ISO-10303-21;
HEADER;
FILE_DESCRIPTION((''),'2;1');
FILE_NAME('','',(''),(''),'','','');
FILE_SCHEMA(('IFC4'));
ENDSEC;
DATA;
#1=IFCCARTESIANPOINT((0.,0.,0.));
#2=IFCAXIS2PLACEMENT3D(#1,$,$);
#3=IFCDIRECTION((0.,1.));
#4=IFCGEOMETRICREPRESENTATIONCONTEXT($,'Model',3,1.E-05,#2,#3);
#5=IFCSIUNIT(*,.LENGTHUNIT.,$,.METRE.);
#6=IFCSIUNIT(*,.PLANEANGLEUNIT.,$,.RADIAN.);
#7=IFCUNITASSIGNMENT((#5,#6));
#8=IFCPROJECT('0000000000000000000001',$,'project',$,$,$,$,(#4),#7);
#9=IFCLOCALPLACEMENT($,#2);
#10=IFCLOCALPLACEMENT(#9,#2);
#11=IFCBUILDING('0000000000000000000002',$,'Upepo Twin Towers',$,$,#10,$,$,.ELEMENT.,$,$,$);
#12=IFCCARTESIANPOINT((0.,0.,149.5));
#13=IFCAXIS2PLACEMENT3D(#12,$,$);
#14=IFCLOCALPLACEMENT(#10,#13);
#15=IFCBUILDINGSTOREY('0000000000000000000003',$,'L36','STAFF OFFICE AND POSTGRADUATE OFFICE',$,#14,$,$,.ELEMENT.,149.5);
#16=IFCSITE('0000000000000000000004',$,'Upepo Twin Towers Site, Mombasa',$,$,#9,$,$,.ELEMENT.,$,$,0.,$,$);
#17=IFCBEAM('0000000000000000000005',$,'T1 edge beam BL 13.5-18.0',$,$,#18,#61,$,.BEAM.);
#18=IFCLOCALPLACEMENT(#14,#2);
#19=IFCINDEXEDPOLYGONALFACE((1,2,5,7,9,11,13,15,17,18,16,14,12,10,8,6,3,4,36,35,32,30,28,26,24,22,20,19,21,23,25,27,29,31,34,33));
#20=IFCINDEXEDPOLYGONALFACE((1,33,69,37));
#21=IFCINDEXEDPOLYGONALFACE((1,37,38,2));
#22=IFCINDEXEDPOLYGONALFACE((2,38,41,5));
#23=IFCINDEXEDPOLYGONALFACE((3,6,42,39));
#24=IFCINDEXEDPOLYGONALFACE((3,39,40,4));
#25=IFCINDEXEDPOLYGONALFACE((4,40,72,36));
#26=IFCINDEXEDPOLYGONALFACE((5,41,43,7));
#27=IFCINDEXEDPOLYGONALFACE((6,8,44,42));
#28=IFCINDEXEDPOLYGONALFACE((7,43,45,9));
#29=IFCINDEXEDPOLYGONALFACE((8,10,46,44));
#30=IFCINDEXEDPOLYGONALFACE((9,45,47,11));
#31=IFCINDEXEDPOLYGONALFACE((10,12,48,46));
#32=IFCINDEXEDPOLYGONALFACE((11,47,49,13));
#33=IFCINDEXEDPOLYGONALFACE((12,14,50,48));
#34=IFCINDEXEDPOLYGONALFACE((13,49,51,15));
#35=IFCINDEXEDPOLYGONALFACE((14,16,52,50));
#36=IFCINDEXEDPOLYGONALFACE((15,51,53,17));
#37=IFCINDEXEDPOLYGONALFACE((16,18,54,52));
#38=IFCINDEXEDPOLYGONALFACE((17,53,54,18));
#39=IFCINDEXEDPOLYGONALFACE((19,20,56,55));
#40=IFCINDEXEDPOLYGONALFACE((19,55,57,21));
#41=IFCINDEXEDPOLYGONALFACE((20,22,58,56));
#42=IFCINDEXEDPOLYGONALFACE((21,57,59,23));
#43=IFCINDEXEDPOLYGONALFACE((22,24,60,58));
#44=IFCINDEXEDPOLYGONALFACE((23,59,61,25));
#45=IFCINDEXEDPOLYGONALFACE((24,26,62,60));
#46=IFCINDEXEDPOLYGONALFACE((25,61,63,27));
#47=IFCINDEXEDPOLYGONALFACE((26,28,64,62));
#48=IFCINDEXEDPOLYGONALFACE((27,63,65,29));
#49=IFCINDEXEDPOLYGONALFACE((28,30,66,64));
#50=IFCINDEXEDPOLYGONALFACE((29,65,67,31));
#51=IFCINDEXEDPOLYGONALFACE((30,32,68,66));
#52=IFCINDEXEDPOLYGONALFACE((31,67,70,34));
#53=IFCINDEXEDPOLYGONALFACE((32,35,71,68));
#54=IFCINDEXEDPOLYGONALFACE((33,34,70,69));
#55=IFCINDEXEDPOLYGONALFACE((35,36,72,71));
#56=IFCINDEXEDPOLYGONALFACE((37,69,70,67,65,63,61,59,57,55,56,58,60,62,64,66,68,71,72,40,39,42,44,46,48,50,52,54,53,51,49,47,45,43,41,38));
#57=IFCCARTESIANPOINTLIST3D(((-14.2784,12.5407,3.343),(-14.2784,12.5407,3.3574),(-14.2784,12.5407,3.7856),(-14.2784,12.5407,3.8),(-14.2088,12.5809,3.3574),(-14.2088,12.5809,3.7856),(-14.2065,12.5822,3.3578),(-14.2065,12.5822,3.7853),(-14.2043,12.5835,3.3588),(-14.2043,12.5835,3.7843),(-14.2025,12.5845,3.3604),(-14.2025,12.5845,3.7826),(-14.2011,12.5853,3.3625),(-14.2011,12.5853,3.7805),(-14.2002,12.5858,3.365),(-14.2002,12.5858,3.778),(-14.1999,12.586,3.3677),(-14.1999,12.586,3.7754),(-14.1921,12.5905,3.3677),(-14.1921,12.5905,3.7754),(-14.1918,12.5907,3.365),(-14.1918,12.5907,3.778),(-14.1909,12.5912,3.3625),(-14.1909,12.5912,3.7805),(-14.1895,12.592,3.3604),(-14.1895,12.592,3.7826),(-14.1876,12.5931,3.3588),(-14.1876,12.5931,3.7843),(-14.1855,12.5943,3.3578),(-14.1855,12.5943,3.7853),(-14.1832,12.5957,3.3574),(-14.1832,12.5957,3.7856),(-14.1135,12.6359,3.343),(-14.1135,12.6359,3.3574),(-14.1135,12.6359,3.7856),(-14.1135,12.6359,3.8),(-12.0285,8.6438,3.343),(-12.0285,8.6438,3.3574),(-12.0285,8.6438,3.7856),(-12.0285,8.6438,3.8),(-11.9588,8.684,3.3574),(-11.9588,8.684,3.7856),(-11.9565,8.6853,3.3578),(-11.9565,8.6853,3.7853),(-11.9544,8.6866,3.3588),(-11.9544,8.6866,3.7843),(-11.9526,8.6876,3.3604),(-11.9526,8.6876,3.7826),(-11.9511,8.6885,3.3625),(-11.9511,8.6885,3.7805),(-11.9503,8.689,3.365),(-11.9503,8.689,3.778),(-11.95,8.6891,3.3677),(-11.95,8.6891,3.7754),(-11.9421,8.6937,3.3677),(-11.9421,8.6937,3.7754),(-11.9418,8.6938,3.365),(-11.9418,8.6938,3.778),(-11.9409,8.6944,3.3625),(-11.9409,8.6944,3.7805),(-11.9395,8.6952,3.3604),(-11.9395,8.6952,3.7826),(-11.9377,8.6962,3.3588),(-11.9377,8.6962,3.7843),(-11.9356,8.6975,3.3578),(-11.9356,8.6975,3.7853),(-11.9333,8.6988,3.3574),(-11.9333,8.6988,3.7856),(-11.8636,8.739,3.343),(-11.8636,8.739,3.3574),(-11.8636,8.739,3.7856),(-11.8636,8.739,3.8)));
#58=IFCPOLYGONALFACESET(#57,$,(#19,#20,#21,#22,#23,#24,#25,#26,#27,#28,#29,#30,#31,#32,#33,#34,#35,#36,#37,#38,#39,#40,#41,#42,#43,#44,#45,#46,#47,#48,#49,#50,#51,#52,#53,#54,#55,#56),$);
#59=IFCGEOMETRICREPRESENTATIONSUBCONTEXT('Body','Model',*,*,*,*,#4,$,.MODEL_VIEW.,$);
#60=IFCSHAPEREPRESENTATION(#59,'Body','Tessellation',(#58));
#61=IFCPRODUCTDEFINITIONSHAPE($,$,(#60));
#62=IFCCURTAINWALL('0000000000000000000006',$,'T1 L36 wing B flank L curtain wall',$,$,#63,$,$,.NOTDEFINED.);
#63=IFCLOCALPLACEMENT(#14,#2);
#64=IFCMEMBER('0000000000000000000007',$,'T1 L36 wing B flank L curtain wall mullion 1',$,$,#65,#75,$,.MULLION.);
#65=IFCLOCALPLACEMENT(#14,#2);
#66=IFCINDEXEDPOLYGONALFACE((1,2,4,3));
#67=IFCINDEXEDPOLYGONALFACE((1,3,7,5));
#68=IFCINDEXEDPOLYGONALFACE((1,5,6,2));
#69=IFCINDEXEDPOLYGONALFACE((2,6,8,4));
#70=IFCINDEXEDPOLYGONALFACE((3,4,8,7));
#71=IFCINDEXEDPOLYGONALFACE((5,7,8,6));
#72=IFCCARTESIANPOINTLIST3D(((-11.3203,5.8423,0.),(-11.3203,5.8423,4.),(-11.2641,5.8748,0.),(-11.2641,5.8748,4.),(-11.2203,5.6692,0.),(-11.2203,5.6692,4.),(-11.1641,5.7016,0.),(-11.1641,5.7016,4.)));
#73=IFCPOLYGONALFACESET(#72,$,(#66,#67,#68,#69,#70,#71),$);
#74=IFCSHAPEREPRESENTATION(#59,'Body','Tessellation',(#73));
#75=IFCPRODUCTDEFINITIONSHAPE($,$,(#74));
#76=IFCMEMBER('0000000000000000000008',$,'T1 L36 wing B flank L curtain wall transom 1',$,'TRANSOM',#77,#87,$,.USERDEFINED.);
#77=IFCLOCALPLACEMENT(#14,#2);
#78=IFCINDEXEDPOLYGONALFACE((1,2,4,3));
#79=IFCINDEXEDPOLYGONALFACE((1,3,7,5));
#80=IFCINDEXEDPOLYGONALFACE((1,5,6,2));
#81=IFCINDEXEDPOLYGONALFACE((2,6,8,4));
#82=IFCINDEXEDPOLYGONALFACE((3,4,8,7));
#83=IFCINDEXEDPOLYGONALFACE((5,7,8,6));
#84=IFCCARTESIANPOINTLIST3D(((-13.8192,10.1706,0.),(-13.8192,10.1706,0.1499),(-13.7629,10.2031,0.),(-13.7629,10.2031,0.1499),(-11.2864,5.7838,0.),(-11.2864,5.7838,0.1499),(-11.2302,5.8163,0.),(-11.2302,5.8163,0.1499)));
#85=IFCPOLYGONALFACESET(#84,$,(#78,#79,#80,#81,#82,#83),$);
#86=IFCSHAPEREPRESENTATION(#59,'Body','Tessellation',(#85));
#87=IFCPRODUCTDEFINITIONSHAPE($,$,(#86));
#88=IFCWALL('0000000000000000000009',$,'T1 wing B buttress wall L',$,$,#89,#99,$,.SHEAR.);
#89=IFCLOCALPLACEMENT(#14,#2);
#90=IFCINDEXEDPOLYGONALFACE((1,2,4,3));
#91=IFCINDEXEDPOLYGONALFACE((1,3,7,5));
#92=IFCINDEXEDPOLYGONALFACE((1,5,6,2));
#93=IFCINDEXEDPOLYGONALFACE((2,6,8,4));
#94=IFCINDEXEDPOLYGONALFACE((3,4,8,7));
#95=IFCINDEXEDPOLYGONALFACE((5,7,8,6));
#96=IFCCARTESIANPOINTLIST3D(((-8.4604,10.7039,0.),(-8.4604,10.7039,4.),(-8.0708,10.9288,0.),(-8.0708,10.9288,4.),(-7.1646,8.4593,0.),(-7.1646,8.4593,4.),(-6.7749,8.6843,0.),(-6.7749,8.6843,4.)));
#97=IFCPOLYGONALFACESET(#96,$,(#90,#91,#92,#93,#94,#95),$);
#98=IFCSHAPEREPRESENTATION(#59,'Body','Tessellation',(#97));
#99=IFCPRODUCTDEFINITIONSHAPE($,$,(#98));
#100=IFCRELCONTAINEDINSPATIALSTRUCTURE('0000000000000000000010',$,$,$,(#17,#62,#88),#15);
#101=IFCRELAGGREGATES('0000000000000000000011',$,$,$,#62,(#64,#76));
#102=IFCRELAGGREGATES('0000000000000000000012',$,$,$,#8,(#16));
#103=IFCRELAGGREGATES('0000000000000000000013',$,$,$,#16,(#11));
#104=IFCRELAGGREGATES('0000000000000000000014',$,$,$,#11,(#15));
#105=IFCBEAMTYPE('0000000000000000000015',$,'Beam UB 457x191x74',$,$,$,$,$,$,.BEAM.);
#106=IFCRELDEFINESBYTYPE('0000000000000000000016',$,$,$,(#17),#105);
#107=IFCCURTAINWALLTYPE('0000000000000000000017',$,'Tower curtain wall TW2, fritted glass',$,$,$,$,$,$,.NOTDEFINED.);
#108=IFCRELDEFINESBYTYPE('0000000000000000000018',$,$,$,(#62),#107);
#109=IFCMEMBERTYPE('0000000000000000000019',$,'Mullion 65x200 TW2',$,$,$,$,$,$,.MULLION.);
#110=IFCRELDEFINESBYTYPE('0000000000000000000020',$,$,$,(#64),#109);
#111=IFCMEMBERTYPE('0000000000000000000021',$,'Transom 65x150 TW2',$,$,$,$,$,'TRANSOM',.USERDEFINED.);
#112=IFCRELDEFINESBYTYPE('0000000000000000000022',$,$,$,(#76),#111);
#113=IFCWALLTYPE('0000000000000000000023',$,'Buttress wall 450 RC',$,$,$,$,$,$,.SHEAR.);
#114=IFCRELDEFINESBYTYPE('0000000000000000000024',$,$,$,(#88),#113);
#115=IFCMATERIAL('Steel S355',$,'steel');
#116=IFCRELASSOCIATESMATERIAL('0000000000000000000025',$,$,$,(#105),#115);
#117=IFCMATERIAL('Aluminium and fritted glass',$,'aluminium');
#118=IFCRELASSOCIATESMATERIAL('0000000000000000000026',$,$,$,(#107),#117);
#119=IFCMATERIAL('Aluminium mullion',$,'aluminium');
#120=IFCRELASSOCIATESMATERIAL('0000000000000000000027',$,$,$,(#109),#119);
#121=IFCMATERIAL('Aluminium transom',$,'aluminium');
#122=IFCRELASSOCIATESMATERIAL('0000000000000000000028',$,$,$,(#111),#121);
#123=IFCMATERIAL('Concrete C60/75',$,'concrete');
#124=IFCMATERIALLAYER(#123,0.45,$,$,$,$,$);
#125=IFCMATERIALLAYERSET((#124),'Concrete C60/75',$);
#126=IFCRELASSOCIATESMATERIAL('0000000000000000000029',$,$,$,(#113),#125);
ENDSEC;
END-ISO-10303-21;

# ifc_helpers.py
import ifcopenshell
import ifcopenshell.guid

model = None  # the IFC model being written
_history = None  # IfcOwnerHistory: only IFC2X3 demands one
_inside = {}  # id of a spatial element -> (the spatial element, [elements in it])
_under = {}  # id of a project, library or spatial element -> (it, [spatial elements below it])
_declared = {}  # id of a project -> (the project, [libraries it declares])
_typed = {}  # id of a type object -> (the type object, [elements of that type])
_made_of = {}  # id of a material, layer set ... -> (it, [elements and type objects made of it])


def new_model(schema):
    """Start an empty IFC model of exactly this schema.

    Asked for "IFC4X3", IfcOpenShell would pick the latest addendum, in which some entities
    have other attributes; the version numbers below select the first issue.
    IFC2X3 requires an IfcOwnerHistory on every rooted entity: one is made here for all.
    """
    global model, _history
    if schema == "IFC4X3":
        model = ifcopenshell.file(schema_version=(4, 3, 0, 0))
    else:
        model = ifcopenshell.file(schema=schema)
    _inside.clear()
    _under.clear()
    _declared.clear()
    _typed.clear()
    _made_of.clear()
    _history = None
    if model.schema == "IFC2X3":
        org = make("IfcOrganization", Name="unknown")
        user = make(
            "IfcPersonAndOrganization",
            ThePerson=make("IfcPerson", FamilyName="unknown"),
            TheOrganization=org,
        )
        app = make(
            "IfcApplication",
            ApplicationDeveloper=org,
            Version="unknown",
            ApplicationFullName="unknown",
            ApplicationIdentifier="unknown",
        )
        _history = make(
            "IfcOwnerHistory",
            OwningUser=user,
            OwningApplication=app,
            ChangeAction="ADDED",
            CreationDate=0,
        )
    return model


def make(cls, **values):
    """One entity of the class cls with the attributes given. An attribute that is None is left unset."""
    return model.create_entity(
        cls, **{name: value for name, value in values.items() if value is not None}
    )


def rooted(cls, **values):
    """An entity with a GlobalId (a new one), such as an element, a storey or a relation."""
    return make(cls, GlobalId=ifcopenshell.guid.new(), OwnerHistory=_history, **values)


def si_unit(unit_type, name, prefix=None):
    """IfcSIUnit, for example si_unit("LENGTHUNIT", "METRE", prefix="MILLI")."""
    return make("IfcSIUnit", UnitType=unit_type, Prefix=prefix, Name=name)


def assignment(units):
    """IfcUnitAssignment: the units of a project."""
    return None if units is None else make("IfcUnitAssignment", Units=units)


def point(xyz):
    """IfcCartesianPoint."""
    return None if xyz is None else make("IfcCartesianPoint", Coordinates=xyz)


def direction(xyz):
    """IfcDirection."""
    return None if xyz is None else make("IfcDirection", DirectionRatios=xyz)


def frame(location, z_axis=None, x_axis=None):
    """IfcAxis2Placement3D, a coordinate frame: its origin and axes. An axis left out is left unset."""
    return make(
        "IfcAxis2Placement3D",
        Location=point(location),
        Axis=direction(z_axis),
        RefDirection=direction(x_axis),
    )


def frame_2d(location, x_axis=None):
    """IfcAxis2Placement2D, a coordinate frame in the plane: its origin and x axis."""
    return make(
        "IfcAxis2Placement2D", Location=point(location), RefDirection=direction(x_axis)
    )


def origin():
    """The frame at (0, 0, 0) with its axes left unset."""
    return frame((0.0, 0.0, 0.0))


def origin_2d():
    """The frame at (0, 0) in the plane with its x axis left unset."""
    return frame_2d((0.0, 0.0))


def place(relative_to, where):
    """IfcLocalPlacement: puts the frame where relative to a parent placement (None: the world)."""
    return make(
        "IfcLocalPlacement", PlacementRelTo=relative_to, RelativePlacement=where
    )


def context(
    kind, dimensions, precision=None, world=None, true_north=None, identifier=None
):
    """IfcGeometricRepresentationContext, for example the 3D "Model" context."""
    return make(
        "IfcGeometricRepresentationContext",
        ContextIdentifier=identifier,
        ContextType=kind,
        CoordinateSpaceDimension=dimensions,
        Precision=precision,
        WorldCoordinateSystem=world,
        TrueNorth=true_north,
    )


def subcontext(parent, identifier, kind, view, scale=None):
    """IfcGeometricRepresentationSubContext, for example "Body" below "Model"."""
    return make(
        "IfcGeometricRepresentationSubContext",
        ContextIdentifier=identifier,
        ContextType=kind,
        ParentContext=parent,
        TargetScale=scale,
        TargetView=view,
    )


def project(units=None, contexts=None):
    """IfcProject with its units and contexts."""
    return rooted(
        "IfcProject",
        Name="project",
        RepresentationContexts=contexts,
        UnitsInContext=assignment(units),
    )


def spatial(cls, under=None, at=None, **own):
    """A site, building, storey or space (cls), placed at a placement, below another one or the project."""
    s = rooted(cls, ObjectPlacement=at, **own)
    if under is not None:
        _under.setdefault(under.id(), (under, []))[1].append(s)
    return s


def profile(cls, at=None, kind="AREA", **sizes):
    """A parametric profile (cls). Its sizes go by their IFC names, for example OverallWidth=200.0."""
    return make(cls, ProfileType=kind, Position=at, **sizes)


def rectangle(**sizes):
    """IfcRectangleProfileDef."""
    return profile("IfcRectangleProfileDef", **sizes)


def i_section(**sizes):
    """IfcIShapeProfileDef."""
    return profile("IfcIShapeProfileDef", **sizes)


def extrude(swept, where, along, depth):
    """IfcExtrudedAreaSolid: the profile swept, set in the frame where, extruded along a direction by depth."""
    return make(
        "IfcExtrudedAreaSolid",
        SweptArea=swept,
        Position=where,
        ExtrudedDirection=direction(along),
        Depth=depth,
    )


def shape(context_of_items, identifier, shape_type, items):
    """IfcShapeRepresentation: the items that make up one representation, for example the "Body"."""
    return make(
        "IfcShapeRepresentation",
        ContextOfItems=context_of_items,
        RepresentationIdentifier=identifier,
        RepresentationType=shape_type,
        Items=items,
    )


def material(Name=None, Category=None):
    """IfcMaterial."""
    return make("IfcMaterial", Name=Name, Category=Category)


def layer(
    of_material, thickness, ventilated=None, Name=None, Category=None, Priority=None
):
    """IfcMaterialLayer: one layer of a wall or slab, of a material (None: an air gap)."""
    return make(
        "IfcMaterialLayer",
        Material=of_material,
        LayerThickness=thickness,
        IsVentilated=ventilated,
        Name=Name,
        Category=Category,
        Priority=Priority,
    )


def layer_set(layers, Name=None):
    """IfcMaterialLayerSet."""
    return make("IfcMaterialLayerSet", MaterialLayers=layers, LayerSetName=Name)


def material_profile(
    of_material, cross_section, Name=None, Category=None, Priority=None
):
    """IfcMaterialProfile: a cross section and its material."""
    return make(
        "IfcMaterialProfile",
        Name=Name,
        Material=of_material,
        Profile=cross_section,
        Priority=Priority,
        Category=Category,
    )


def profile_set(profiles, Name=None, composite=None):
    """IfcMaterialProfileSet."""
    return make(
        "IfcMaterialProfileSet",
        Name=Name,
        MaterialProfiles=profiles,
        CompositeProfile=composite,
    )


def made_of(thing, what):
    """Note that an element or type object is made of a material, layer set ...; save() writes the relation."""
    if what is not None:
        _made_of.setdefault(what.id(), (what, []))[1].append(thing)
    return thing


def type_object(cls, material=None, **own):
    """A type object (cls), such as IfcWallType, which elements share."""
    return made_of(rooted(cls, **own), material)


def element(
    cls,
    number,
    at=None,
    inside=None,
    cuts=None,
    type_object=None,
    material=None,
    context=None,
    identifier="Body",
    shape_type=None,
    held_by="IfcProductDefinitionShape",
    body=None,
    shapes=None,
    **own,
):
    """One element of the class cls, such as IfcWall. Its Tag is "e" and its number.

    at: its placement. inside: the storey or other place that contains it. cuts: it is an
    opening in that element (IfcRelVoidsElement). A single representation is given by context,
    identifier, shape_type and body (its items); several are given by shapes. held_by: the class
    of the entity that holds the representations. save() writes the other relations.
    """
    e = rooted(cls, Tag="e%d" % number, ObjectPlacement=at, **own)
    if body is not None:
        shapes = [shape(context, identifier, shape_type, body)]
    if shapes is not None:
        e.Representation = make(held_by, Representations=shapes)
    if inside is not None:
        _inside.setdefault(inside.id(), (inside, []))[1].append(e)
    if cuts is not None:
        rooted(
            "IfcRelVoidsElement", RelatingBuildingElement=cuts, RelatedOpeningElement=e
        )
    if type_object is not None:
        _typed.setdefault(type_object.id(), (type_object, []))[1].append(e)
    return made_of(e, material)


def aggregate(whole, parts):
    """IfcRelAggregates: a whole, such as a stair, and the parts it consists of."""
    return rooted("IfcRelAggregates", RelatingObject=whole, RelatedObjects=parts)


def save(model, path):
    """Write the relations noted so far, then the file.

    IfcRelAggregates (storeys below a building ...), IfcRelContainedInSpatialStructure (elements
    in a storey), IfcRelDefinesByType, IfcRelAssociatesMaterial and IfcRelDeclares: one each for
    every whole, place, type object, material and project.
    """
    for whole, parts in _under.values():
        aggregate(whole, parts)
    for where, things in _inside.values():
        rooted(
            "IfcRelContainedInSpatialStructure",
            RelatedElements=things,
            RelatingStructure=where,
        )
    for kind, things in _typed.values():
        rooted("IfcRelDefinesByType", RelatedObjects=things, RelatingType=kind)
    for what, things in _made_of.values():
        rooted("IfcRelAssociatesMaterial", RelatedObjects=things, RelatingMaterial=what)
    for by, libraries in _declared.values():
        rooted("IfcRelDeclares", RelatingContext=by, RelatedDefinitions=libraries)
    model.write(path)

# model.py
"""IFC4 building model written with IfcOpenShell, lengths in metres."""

from ifc_helpers import new_model, si_unit, direction, frame, frame_2d, origin, origin_2d, place, context, subcontext, project, spatial, rectangle, i_section, extrude, material, layer, layer_set, material_profile, profile_set, type_object, element, aggregate, save


model = new_model("IFC4")

# Units and contexts
model_context = context("Model", 3, precision=1e-05, world=origin(), true_north=direction((0.0, 1.0)))
body_context = subcontext(model_context, "Body", "Model", "MODEL_VIEW")
ifc_project = project(units=[si_unit("LENGTHUNIT", "METRE"), si_unit("PLANEANGLEUNIT", "RADIAN")], contexts=[model_context])

# Site, building, storey
site_placement = place(None, origin())
site = spatial("IfcSite", under=ifc_project, at=site_placement, Name="Upepo Twin Towers Site, Mombasa", CompositionType="ELEMENT", RefElevation=0.0)
building_placement = place(site_placement, origin())
building = spatial("IfcBuilding", under=site, at=building_placement, Name="Upepo Twin Towers", CompositionType="ELEMENT")
storey_placement = place(building_placement, frame((0.0, 0.0, 149.5)))
storey = spatial("IfcBuildingStorey", under=building, at=storey_placement, Name="L36", Description="STAFF OFFICE AND POSTGRADUATE OFFICE", CompositionType="ELEMENT", Elevation=149.5)

# Beam
ifc_material_1 = material(Name="Steel S355", Category="steel")
ifc_material_profile_1 = material_profile(ifc_material_1, i_section(OverallWidth=0.1904, OverallDepth=0.457, WebThickness=0.009, FlangeThickness=0.0144, FilletRadius=0.0103, at=origin_2d()), Name="UB 457x191x74")
ifc_profile_set_1 = profile_set([ifc_material_profile_1], Name="Steel S355")
beam_type = type_object("IfcBeamType", Name="Beam UB 457x191x74", PredefinedType="BEAM", material=ifc_profile_set_1)
beam_placement = place(storey_placement, frame((-11.946, 8.6914, 3.5715), z_axis=(-0.500014, 0.866018, 0.0), x_axis=(-0.866018, -0.500014, 0.0)))
element("IfcBeam", 1, at=beam_placement, inside=storey, type_object=beam_type, Name="T1 edge beam BL 13.5-18.0", PredefinedType="BEAM", context=body_context, shape_type="SweptSolid", body=[
    extrude(i_section(OverallWidth=0.1904, OverallDepth=0.457, WebThickness=0.009, FlangeThickness=0.0144, FilletRadius=0.0103, at=origin_2d()), origin(), (0.0, 0.0, 1.0), 4.4998),
])

# Curtain wall, members
ifc_material_2 = material(Name="Aluminium and fritted glass", Category="aluminium")
curtain_wall_type = type_object("IfcCurtainWallType", Name="Tower curtain wall TW2, fritted glass", PredefinedType="NOTDEFINED", material=ifc_material_2)
curtain_wall_placement = place(storey_placement, origin())
curtain_wall = element("IfcCurtainWall", 2, at=curtain_wall_placement, inside=storey, type_object=curtain_wall_type, Name="T1 L36 wing B flank L curtain wall", PredefinedType="NOTDEFINED")
ifc_material_3 = material(Name="Aluminium mullion", Category="aluminium")
ifc_material_profile_2 = material_profile(ifc_material_3, rectangle(XDim=0.0649, YDim=0.2, at=origin_2d()), Name="MULLION 65x200")
ifc_profile_set_2 = profile_set([ifc_material_profile_2], Name="Aluminium mullion")
member_type_1 = type_object("IfcMemberType", Name="Mullion 65x200 TW2", PredefinedType="MULLION", material=ifc_profile_set_2)
member_1_placement = place(storey_placement, frame((-11.2422, 5.772, 0.0), z_axis=(0.0, 0.0, 1.0), x_axis=(-0.866025, -0.5, 0.0)))
member_1 = element("IfcMember", 3, at=member_1_placement, type_object=member_type_1, Name="T1 L36 wing B flank L curtain wall mullion 1", PredefinedType="MULLION", context=body_context, shape_type="SweptSolid", body=[
    extrude(rectangle(XDim=0.0649, YDim=0.2, at=origin_2d()), origin(), (0.0, 0.0, 1.0), 4.0),
])
ifc_material_4 = material(Name="Aluminium transom", Category="aluminium")
ifc_material_profile_3 = material_profile(ifc_material_4, rectangle(XDim=0.0649, YDim=0.1499, at=origin_2d()), Name="TRANSOM 65x150")
ifc_profile_set_3 = profile_set([ifc_material_profile_3], Name="Aluminium transom")
member_type_2 = type_object("IfcMemberType", Name="Transom 65x150 TW2", ElementType="TRANSOM", PredefinedType="USERDEFINED", material=ifc_profile_set_3)
member_2_placement = place(storey_placement, frame((-11.2583, 5.8, 0.075), z_axis=(-0.500006, 0.866022, 0.0), x_axis=(-0.866022, -0.500006, 0.0)))
member_2 = element("IfcMember", 4, at=member_2_placement, type_object=member_type_2, Name="T1 L36 wing B flank L curtain wall transom 1", ObjectType="TRANSOM", PredefinedType="USERDEFINED", context=body_context, shape_type="SweptSolid", body=[
    extrude(rectangle(XDim=0.0649, YDim=0.1499, at=origin_2d()), origin(), (0.0, 0.0, 1.0), 5.0654),
])
aggregate(curtain_wall, [member_1, member_2])

# Wall
ifc_material_5 = material(Name="Concrete C60/75", Category="concrete")
ifc_layer_1 = layer(ifc_material_5, 0.45)
ifc_layer_set_1 = layer_set([ifc_layer_1], Name="Concrete C60/75")
wall_type_1 = type_object("IfcWallType", Name="Buttress wall 450 RC", PredefinedType="SHEAR", material=ifc_layer_set_1)
wall_1_placement = place(storey_placement, frame((-6.9697, 8.5718, 0.0), z_axis=(0.0, 0.0, 1.0), x_axis=(-0.499989, 0.866032, 0.0)))
element("IfcWall", 5, at=wall_1_placement, inside=storey, type_object=wall_type_1, Name="T1 wing B buttress wall L", PredefinedType="SHEAR", context=body_context, shape_type="SweptSolid", body=[
    extrude(rectangle(XDim=2.5918, YDim=0.45, at=frame_2d((1.2959, 0.0))), origin(), (0.0, 0.0, 1.0), 4.0),
])

save(model, "model.ifc")
